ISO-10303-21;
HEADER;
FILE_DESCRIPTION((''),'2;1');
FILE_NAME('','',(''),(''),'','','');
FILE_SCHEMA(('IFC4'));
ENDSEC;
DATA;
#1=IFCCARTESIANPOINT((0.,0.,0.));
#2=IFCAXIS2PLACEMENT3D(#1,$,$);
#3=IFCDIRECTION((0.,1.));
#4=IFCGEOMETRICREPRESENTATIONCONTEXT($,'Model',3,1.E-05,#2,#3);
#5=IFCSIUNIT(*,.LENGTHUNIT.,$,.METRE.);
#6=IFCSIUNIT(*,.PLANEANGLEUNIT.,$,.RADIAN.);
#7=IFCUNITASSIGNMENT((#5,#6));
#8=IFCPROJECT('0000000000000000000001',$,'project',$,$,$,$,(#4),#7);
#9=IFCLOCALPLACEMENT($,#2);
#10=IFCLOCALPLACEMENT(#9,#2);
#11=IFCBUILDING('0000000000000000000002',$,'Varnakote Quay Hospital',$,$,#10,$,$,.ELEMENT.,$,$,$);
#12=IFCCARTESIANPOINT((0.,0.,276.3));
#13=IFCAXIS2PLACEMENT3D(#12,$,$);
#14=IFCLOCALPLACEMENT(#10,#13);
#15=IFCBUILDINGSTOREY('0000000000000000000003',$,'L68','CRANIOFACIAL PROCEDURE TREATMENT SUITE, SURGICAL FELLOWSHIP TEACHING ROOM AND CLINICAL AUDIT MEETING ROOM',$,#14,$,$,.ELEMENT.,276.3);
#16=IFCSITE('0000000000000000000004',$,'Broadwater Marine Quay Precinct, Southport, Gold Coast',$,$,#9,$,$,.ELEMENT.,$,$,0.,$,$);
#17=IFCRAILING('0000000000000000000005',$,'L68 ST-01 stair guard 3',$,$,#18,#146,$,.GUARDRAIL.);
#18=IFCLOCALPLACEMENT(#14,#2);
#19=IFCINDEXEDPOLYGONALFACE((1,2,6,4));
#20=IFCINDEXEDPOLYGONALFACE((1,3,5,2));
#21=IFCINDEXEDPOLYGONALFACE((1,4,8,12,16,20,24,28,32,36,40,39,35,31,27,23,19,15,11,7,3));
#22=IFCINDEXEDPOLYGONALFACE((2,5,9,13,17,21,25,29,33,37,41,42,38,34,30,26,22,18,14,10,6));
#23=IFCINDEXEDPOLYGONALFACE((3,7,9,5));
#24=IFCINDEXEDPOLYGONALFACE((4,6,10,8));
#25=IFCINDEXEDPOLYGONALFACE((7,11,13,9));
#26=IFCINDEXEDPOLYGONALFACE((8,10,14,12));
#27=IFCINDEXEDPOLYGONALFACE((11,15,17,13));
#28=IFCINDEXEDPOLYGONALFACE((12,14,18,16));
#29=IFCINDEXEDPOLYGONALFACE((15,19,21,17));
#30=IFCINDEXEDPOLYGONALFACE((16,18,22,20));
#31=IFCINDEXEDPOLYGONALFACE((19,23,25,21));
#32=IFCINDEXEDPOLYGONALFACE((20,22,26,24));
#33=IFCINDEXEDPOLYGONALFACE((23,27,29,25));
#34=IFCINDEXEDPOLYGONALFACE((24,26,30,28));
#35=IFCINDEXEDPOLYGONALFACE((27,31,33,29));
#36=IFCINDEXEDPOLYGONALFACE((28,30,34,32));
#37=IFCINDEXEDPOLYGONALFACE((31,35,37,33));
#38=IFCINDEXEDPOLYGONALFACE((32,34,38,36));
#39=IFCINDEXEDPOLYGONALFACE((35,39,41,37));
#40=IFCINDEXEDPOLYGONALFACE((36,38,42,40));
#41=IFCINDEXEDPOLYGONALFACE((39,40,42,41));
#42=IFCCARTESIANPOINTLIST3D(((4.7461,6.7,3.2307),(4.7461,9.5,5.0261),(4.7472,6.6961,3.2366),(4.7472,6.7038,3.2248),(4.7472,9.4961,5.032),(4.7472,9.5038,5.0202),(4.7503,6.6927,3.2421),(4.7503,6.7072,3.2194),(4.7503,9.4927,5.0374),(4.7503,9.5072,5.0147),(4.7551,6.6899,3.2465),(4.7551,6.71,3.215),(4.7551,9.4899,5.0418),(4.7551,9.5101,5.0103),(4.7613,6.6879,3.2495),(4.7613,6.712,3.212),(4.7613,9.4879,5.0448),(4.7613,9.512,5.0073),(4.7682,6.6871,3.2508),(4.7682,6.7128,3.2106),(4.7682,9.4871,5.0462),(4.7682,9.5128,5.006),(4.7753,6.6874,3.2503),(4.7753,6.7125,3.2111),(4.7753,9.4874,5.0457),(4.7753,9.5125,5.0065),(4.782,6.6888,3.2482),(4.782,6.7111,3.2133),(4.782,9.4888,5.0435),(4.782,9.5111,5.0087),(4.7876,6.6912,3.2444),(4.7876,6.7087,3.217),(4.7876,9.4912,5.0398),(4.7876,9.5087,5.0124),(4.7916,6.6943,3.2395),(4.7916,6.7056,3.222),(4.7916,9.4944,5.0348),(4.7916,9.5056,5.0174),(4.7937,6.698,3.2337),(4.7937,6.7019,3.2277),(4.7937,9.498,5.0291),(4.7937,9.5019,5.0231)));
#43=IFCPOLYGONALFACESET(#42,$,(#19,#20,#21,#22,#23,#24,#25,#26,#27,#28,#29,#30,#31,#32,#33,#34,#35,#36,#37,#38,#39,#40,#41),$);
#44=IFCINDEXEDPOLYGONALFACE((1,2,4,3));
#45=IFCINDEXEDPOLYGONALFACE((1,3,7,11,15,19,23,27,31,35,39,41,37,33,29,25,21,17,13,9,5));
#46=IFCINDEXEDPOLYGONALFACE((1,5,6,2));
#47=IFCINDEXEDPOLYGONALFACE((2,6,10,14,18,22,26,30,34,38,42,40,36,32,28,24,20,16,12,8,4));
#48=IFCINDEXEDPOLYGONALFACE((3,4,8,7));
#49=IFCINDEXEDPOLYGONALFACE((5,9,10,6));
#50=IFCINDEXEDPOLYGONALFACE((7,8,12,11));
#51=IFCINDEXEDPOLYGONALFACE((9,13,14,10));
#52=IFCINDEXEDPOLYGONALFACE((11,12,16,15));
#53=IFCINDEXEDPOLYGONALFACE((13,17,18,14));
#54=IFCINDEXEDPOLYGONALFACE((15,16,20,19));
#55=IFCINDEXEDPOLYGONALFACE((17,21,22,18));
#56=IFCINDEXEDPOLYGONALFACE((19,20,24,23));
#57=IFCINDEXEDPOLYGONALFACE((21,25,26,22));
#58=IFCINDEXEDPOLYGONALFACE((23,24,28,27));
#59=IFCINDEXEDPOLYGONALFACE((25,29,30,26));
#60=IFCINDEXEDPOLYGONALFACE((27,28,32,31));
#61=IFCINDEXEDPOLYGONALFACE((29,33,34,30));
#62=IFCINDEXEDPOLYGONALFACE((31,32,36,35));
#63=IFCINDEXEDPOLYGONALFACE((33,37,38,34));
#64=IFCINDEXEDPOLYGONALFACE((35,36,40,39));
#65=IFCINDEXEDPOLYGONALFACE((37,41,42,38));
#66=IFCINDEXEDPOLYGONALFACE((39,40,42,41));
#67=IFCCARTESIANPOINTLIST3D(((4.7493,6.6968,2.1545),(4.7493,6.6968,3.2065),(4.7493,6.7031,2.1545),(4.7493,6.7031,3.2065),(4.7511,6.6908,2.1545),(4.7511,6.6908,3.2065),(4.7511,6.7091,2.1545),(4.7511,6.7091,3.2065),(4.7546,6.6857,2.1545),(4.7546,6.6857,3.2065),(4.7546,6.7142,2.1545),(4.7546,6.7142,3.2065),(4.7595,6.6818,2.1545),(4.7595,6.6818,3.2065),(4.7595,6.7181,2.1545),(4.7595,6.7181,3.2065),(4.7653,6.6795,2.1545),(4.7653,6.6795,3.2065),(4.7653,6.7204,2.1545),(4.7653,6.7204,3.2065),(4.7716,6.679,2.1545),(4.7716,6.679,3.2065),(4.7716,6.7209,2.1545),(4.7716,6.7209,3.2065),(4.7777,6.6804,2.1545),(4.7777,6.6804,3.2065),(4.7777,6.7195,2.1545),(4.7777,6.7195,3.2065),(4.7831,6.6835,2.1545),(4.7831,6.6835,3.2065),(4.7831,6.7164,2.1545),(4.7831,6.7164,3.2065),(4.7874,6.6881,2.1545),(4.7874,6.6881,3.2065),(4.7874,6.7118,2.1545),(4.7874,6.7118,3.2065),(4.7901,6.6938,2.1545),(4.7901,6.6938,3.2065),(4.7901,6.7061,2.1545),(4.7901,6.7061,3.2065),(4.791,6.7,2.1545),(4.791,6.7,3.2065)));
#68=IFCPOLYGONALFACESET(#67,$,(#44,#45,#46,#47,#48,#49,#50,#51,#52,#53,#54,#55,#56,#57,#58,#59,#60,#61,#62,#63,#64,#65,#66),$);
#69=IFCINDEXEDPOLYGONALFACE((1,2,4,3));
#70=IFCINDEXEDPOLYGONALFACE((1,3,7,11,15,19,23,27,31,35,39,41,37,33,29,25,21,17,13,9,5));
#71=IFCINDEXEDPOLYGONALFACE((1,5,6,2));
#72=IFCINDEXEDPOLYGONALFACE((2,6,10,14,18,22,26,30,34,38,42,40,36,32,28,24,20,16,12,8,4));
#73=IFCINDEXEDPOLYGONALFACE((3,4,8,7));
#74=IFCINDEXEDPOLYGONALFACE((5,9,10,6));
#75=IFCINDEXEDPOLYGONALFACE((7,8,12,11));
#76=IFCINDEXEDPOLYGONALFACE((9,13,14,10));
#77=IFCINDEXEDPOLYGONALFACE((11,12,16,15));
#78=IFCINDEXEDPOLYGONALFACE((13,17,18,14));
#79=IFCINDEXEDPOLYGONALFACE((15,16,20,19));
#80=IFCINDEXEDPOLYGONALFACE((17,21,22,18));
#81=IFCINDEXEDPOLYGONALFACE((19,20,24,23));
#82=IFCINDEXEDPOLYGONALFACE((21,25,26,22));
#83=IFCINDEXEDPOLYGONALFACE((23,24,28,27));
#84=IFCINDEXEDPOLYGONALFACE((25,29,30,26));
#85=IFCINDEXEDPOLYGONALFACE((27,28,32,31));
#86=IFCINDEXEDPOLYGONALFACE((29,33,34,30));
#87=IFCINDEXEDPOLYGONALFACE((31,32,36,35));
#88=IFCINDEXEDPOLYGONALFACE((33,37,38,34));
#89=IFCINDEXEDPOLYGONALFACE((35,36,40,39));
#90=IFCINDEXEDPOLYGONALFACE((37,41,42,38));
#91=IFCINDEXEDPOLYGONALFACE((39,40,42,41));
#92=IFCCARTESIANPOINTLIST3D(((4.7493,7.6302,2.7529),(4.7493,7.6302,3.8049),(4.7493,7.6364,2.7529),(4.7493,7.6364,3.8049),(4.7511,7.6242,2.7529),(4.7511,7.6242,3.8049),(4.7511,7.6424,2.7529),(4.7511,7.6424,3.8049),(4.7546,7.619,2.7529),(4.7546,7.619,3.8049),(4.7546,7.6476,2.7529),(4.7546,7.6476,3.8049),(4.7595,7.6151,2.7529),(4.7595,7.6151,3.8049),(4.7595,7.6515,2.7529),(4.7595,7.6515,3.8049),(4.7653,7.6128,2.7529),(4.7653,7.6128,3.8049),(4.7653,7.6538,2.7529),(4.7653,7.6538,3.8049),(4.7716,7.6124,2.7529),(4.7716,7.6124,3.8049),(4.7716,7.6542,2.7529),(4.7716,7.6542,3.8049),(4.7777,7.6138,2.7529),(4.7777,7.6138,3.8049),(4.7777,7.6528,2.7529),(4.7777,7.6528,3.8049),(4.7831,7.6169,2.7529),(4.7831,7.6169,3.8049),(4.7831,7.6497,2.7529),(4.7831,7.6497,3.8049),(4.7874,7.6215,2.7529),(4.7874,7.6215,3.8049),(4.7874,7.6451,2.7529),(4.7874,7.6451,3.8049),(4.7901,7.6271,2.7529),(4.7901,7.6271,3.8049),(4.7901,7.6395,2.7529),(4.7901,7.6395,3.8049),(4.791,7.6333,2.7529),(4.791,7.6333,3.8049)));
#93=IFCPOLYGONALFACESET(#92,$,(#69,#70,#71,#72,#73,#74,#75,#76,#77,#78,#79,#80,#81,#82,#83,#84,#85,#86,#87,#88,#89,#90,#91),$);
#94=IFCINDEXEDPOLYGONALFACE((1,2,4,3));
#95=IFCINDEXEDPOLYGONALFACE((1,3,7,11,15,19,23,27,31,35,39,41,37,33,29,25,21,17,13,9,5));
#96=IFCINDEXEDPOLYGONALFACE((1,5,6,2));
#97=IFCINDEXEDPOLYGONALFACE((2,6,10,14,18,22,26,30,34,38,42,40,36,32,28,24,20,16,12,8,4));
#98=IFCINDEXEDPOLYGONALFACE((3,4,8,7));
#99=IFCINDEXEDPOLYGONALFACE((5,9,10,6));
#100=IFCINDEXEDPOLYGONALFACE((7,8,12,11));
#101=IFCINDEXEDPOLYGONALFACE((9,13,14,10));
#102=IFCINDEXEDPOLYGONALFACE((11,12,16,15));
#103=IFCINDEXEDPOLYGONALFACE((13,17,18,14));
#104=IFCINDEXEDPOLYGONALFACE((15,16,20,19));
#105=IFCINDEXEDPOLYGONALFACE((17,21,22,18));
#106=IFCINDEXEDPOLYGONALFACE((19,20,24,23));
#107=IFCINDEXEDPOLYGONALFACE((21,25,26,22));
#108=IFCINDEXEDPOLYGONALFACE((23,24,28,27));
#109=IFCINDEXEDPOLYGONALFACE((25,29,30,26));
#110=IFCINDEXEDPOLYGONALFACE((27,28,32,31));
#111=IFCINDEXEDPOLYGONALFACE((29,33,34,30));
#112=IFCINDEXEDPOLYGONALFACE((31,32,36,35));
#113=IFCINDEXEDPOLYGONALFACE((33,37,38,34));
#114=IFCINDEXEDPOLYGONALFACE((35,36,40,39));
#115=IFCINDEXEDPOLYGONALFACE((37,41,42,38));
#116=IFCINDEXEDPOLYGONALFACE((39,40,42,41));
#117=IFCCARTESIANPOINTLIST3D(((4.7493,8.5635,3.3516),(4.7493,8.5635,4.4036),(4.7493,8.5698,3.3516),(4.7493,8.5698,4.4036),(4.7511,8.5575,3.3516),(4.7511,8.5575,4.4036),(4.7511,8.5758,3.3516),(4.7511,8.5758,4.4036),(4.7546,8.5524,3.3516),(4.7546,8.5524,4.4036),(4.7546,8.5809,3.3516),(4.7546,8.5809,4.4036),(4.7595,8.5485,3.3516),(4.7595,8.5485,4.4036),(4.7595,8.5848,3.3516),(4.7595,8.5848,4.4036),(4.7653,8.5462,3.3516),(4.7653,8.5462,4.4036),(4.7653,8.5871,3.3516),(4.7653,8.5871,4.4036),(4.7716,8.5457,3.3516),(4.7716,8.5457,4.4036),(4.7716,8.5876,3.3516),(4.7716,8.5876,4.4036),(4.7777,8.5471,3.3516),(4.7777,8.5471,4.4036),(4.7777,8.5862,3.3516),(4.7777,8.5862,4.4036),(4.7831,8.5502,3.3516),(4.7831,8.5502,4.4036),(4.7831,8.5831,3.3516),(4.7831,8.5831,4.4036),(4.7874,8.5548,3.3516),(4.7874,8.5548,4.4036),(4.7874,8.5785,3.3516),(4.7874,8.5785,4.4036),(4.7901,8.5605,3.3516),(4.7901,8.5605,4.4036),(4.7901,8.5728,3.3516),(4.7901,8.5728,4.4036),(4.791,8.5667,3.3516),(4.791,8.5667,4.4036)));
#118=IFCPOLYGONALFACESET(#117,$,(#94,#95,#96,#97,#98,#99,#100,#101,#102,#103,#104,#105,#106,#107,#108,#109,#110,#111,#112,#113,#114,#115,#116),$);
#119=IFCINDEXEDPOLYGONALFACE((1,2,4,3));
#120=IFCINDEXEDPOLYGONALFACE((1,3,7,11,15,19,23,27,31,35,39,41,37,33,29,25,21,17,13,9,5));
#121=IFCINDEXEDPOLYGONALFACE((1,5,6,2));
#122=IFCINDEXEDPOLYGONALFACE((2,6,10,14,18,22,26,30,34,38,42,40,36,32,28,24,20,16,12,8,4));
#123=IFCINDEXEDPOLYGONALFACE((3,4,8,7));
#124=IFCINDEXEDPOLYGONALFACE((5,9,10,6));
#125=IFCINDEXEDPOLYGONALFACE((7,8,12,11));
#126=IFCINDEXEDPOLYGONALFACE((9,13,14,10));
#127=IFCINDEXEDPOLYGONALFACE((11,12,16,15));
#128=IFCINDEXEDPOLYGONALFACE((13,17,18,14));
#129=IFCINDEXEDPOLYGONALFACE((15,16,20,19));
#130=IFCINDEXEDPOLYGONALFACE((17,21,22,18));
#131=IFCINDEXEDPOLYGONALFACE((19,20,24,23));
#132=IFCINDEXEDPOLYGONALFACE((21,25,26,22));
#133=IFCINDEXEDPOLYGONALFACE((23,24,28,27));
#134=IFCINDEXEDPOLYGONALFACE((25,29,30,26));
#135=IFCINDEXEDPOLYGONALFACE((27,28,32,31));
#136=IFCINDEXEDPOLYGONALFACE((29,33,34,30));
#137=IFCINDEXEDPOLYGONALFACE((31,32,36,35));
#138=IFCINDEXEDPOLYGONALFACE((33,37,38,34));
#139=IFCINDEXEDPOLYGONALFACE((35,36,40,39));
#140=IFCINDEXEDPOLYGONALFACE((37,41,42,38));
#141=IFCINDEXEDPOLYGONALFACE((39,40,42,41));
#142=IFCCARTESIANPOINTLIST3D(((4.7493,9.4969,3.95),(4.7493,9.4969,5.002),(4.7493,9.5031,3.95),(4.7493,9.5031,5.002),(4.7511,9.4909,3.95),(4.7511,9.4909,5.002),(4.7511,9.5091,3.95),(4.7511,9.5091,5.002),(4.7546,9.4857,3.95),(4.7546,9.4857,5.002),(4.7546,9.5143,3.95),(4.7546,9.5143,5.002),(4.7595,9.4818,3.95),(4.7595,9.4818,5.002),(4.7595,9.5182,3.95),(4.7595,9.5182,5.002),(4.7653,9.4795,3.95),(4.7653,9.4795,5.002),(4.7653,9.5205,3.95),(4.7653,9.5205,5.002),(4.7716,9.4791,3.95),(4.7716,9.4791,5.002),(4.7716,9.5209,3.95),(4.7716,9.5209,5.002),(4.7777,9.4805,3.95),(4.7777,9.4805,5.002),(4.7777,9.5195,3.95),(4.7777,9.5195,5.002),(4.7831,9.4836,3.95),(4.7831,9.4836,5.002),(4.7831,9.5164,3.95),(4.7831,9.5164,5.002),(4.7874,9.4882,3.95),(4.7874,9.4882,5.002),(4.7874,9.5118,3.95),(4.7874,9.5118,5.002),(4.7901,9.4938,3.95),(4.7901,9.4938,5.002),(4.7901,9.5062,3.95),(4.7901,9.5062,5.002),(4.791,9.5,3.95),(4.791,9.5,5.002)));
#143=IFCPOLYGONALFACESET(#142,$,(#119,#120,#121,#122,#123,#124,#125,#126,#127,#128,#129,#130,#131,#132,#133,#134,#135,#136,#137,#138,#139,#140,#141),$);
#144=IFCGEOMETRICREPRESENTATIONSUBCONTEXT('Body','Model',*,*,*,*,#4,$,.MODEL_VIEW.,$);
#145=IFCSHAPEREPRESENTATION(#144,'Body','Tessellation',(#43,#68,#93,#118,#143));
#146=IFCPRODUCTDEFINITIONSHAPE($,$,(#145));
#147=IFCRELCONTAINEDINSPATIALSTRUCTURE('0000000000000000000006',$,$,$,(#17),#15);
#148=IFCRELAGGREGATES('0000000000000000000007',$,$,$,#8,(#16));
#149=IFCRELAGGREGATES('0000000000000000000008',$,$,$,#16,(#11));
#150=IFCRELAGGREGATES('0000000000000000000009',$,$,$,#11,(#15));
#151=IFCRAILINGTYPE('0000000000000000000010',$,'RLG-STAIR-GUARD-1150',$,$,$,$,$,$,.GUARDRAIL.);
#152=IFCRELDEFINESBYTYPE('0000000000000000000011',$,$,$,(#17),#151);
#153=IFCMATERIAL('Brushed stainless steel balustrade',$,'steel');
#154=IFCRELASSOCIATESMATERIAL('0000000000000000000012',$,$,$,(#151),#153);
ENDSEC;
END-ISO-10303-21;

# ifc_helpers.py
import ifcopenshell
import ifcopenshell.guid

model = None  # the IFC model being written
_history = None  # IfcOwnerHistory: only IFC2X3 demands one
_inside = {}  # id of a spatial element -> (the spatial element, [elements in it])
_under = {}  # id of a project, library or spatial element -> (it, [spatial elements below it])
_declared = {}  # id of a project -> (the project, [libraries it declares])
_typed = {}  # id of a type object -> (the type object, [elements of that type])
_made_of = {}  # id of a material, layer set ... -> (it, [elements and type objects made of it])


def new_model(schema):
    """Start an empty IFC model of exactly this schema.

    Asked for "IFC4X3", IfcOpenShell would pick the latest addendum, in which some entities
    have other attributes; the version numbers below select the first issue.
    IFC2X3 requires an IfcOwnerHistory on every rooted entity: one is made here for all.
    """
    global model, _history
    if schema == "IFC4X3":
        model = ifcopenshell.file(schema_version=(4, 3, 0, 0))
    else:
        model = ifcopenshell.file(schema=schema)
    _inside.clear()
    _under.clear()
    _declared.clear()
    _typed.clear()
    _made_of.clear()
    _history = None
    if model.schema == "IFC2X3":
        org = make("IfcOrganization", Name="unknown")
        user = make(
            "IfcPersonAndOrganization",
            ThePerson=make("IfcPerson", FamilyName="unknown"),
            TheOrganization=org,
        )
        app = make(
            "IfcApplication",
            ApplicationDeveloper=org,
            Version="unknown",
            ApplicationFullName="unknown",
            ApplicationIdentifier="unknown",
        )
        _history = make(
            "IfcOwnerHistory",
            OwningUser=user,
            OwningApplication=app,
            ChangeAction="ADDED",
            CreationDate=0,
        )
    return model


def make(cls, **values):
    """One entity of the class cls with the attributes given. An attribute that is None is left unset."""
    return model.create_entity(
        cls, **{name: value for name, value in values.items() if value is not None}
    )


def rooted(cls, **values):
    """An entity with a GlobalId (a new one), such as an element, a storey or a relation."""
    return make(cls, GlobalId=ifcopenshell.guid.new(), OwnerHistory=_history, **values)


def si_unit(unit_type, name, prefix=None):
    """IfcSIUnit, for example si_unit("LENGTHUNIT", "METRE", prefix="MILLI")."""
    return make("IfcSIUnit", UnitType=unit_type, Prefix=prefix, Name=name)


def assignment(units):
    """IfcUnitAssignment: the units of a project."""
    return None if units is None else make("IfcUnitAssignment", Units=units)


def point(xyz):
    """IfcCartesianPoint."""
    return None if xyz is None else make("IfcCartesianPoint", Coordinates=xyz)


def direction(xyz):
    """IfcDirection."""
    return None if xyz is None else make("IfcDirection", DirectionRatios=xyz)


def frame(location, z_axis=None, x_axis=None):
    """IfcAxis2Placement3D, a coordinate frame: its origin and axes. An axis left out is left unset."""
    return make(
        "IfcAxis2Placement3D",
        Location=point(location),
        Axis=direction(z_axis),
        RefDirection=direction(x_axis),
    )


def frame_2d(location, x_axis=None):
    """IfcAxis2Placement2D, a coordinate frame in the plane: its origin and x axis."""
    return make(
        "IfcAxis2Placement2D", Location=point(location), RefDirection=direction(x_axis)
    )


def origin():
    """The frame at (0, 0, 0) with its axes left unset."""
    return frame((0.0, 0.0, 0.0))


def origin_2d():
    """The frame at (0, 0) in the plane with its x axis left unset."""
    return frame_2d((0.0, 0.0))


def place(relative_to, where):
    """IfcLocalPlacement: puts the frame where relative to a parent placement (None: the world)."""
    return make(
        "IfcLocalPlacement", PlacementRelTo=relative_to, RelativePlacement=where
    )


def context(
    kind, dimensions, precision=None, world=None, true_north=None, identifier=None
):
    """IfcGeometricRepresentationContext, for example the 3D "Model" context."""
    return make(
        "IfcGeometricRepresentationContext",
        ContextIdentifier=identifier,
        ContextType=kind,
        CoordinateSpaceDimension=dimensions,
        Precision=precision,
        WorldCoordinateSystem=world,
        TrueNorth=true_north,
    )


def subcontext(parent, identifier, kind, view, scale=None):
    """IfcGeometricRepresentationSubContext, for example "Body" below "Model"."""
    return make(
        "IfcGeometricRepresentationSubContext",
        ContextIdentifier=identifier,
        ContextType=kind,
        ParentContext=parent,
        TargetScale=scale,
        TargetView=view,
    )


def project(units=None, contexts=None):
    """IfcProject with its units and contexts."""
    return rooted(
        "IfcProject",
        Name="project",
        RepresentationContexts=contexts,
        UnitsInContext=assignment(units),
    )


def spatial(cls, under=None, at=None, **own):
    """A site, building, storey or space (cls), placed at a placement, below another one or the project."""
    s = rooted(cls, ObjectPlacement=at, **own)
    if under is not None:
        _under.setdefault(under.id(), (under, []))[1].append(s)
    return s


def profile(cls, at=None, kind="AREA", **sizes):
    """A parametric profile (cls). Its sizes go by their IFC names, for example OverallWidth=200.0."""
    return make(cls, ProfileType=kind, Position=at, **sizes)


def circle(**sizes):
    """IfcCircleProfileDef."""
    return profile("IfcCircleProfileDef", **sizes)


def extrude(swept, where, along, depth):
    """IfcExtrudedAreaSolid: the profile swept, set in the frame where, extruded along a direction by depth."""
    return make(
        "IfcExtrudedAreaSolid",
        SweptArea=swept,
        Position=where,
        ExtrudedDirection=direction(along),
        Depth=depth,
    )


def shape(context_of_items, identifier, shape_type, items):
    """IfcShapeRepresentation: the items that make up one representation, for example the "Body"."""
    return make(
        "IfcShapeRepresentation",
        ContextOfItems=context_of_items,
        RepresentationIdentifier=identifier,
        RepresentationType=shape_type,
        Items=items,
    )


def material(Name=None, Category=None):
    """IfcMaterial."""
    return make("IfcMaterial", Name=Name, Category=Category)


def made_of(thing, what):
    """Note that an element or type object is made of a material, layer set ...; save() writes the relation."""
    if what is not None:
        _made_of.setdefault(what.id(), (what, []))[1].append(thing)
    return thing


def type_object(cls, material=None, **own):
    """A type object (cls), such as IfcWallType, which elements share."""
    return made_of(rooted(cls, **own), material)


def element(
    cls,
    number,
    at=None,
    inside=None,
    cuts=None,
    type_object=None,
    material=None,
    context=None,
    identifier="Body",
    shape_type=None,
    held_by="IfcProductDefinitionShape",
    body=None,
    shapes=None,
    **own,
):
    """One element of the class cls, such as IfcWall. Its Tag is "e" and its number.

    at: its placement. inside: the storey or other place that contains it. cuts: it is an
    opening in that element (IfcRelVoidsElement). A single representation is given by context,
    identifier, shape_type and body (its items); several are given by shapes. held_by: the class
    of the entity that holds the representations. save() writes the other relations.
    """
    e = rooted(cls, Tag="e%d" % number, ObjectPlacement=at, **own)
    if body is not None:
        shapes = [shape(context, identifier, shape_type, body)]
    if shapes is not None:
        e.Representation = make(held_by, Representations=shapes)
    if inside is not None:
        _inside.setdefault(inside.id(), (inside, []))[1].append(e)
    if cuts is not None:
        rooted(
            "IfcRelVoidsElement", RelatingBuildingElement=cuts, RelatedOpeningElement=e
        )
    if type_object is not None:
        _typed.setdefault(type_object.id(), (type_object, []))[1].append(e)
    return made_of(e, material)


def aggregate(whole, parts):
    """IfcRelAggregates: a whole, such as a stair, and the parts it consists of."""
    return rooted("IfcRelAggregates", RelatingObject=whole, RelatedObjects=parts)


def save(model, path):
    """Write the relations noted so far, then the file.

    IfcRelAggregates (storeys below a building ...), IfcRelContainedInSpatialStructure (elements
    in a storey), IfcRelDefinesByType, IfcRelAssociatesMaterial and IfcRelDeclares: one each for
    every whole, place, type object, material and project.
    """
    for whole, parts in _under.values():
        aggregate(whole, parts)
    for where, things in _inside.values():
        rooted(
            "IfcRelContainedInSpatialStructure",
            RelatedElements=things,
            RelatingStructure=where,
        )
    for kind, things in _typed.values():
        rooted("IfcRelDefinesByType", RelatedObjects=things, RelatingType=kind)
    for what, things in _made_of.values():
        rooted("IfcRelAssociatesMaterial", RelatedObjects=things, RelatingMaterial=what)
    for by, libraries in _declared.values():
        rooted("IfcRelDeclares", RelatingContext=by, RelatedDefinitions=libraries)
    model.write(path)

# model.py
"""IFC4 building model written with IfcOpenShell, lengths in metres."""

from ifc_helpers import new_model, si_unit, direction, frame, origin, origin_2d, place, context, subcontext, project, spatial, circle, extrude, material, type_object, element, save


model = new_model("IFC4")

# Units and contexts
model_context = context("Model", 3, precision=1e-05, world=origin(), true_north=direction((0.0, 1.0)))
body_context = subcontext(model_context, "Body", "Model", "MODEL_VIEW")
ifc_project = project(units=[si_unit("LENGTHUNIT", "METRE"), si_unit("PLANEANGLEUNIT", "RADIAN")], contexts=[model_context])

# Site, building, storey
site_placement = place(None, origin())
site = spatial("IfcSite", under=ifc_project, at=site_placement, Name="Broadwater Marine Quay Precinct, Southport, Gold Coast", CompositionType="ELEMENT", RefElevation=0.0)
building_placement = place(site_placement, origin())
building = spatial("IfcBuilding", under=site, at=building_placement, Name="Varnakote Quay Hospital", CompositionType="ELEMENT")
storey_placement = place(building_placement, frame((0.0, 0.0, 276.3)))
storey = spatial("IfcBuildingStorey", under=building, at=storey_placement, Name="L68", Description="CRANIOFACIAL PROCEDURE TREATMENT SUITE, SURGICAL FELLOWSHIP TEACHING ROOM AND CLINICAL AUDIT MEETING ROOM", CompositionType="ELEMENT", Elevation=276.3)

# Railing
ifc_material_1 = material(Name="Brushed stainless steel balustrade", Category="steel")
railing_type_1 = type_object("IfcRailingType", Name="RLG-STAIR-GUARD-1150", PredefinedType="GUARDRAIL", material=ifc_material_1)
railing_1_placement = place(storey_placement, frame((4.77, 6.7, 2.1545)))
element("IfcRailing", 1, at=railing_1_placement, inside=storey, type_object=railing_type_1, Name="L68 ST-01 stair guard 3", PredefinedType="GUARDRAIL", context=body_context, shape_type="SweptSolid", body=[
    extrude(circle(Radius=0.0239, at=origin_2d()), frame((0.0, 0.0, 1.0762), z_axis=(0.0, 0.84181, 0.539774), x_axis=(-1.0, 0.0, 0.0)), (0.0, 0.0, 1.0), 3.3262),
    extrude(circle(Radius=0.021, at=origin_2d()), origin(), (0.0, 0.0, 1.0), 1.052),
    extrude(circle(Radius=0.021, at=origin_2d()), frame((0.0, 0.9333, 0.5984)), (0.0, 0.0, 1.0), 1.052),
    extrude(circle(Radius=0.021, at=origin_2d()), frame((0.0, 1.8667, 1.197)), (0.0, 0.0, 1.0), 1.052),
    extrude(circle(Radius=0.021, at=origin_2d()), frame((0.0, 2.8, 1.7954)), (0.0, 0.0, 1.0), 1.052),
])

save(model, "model.ifc")
